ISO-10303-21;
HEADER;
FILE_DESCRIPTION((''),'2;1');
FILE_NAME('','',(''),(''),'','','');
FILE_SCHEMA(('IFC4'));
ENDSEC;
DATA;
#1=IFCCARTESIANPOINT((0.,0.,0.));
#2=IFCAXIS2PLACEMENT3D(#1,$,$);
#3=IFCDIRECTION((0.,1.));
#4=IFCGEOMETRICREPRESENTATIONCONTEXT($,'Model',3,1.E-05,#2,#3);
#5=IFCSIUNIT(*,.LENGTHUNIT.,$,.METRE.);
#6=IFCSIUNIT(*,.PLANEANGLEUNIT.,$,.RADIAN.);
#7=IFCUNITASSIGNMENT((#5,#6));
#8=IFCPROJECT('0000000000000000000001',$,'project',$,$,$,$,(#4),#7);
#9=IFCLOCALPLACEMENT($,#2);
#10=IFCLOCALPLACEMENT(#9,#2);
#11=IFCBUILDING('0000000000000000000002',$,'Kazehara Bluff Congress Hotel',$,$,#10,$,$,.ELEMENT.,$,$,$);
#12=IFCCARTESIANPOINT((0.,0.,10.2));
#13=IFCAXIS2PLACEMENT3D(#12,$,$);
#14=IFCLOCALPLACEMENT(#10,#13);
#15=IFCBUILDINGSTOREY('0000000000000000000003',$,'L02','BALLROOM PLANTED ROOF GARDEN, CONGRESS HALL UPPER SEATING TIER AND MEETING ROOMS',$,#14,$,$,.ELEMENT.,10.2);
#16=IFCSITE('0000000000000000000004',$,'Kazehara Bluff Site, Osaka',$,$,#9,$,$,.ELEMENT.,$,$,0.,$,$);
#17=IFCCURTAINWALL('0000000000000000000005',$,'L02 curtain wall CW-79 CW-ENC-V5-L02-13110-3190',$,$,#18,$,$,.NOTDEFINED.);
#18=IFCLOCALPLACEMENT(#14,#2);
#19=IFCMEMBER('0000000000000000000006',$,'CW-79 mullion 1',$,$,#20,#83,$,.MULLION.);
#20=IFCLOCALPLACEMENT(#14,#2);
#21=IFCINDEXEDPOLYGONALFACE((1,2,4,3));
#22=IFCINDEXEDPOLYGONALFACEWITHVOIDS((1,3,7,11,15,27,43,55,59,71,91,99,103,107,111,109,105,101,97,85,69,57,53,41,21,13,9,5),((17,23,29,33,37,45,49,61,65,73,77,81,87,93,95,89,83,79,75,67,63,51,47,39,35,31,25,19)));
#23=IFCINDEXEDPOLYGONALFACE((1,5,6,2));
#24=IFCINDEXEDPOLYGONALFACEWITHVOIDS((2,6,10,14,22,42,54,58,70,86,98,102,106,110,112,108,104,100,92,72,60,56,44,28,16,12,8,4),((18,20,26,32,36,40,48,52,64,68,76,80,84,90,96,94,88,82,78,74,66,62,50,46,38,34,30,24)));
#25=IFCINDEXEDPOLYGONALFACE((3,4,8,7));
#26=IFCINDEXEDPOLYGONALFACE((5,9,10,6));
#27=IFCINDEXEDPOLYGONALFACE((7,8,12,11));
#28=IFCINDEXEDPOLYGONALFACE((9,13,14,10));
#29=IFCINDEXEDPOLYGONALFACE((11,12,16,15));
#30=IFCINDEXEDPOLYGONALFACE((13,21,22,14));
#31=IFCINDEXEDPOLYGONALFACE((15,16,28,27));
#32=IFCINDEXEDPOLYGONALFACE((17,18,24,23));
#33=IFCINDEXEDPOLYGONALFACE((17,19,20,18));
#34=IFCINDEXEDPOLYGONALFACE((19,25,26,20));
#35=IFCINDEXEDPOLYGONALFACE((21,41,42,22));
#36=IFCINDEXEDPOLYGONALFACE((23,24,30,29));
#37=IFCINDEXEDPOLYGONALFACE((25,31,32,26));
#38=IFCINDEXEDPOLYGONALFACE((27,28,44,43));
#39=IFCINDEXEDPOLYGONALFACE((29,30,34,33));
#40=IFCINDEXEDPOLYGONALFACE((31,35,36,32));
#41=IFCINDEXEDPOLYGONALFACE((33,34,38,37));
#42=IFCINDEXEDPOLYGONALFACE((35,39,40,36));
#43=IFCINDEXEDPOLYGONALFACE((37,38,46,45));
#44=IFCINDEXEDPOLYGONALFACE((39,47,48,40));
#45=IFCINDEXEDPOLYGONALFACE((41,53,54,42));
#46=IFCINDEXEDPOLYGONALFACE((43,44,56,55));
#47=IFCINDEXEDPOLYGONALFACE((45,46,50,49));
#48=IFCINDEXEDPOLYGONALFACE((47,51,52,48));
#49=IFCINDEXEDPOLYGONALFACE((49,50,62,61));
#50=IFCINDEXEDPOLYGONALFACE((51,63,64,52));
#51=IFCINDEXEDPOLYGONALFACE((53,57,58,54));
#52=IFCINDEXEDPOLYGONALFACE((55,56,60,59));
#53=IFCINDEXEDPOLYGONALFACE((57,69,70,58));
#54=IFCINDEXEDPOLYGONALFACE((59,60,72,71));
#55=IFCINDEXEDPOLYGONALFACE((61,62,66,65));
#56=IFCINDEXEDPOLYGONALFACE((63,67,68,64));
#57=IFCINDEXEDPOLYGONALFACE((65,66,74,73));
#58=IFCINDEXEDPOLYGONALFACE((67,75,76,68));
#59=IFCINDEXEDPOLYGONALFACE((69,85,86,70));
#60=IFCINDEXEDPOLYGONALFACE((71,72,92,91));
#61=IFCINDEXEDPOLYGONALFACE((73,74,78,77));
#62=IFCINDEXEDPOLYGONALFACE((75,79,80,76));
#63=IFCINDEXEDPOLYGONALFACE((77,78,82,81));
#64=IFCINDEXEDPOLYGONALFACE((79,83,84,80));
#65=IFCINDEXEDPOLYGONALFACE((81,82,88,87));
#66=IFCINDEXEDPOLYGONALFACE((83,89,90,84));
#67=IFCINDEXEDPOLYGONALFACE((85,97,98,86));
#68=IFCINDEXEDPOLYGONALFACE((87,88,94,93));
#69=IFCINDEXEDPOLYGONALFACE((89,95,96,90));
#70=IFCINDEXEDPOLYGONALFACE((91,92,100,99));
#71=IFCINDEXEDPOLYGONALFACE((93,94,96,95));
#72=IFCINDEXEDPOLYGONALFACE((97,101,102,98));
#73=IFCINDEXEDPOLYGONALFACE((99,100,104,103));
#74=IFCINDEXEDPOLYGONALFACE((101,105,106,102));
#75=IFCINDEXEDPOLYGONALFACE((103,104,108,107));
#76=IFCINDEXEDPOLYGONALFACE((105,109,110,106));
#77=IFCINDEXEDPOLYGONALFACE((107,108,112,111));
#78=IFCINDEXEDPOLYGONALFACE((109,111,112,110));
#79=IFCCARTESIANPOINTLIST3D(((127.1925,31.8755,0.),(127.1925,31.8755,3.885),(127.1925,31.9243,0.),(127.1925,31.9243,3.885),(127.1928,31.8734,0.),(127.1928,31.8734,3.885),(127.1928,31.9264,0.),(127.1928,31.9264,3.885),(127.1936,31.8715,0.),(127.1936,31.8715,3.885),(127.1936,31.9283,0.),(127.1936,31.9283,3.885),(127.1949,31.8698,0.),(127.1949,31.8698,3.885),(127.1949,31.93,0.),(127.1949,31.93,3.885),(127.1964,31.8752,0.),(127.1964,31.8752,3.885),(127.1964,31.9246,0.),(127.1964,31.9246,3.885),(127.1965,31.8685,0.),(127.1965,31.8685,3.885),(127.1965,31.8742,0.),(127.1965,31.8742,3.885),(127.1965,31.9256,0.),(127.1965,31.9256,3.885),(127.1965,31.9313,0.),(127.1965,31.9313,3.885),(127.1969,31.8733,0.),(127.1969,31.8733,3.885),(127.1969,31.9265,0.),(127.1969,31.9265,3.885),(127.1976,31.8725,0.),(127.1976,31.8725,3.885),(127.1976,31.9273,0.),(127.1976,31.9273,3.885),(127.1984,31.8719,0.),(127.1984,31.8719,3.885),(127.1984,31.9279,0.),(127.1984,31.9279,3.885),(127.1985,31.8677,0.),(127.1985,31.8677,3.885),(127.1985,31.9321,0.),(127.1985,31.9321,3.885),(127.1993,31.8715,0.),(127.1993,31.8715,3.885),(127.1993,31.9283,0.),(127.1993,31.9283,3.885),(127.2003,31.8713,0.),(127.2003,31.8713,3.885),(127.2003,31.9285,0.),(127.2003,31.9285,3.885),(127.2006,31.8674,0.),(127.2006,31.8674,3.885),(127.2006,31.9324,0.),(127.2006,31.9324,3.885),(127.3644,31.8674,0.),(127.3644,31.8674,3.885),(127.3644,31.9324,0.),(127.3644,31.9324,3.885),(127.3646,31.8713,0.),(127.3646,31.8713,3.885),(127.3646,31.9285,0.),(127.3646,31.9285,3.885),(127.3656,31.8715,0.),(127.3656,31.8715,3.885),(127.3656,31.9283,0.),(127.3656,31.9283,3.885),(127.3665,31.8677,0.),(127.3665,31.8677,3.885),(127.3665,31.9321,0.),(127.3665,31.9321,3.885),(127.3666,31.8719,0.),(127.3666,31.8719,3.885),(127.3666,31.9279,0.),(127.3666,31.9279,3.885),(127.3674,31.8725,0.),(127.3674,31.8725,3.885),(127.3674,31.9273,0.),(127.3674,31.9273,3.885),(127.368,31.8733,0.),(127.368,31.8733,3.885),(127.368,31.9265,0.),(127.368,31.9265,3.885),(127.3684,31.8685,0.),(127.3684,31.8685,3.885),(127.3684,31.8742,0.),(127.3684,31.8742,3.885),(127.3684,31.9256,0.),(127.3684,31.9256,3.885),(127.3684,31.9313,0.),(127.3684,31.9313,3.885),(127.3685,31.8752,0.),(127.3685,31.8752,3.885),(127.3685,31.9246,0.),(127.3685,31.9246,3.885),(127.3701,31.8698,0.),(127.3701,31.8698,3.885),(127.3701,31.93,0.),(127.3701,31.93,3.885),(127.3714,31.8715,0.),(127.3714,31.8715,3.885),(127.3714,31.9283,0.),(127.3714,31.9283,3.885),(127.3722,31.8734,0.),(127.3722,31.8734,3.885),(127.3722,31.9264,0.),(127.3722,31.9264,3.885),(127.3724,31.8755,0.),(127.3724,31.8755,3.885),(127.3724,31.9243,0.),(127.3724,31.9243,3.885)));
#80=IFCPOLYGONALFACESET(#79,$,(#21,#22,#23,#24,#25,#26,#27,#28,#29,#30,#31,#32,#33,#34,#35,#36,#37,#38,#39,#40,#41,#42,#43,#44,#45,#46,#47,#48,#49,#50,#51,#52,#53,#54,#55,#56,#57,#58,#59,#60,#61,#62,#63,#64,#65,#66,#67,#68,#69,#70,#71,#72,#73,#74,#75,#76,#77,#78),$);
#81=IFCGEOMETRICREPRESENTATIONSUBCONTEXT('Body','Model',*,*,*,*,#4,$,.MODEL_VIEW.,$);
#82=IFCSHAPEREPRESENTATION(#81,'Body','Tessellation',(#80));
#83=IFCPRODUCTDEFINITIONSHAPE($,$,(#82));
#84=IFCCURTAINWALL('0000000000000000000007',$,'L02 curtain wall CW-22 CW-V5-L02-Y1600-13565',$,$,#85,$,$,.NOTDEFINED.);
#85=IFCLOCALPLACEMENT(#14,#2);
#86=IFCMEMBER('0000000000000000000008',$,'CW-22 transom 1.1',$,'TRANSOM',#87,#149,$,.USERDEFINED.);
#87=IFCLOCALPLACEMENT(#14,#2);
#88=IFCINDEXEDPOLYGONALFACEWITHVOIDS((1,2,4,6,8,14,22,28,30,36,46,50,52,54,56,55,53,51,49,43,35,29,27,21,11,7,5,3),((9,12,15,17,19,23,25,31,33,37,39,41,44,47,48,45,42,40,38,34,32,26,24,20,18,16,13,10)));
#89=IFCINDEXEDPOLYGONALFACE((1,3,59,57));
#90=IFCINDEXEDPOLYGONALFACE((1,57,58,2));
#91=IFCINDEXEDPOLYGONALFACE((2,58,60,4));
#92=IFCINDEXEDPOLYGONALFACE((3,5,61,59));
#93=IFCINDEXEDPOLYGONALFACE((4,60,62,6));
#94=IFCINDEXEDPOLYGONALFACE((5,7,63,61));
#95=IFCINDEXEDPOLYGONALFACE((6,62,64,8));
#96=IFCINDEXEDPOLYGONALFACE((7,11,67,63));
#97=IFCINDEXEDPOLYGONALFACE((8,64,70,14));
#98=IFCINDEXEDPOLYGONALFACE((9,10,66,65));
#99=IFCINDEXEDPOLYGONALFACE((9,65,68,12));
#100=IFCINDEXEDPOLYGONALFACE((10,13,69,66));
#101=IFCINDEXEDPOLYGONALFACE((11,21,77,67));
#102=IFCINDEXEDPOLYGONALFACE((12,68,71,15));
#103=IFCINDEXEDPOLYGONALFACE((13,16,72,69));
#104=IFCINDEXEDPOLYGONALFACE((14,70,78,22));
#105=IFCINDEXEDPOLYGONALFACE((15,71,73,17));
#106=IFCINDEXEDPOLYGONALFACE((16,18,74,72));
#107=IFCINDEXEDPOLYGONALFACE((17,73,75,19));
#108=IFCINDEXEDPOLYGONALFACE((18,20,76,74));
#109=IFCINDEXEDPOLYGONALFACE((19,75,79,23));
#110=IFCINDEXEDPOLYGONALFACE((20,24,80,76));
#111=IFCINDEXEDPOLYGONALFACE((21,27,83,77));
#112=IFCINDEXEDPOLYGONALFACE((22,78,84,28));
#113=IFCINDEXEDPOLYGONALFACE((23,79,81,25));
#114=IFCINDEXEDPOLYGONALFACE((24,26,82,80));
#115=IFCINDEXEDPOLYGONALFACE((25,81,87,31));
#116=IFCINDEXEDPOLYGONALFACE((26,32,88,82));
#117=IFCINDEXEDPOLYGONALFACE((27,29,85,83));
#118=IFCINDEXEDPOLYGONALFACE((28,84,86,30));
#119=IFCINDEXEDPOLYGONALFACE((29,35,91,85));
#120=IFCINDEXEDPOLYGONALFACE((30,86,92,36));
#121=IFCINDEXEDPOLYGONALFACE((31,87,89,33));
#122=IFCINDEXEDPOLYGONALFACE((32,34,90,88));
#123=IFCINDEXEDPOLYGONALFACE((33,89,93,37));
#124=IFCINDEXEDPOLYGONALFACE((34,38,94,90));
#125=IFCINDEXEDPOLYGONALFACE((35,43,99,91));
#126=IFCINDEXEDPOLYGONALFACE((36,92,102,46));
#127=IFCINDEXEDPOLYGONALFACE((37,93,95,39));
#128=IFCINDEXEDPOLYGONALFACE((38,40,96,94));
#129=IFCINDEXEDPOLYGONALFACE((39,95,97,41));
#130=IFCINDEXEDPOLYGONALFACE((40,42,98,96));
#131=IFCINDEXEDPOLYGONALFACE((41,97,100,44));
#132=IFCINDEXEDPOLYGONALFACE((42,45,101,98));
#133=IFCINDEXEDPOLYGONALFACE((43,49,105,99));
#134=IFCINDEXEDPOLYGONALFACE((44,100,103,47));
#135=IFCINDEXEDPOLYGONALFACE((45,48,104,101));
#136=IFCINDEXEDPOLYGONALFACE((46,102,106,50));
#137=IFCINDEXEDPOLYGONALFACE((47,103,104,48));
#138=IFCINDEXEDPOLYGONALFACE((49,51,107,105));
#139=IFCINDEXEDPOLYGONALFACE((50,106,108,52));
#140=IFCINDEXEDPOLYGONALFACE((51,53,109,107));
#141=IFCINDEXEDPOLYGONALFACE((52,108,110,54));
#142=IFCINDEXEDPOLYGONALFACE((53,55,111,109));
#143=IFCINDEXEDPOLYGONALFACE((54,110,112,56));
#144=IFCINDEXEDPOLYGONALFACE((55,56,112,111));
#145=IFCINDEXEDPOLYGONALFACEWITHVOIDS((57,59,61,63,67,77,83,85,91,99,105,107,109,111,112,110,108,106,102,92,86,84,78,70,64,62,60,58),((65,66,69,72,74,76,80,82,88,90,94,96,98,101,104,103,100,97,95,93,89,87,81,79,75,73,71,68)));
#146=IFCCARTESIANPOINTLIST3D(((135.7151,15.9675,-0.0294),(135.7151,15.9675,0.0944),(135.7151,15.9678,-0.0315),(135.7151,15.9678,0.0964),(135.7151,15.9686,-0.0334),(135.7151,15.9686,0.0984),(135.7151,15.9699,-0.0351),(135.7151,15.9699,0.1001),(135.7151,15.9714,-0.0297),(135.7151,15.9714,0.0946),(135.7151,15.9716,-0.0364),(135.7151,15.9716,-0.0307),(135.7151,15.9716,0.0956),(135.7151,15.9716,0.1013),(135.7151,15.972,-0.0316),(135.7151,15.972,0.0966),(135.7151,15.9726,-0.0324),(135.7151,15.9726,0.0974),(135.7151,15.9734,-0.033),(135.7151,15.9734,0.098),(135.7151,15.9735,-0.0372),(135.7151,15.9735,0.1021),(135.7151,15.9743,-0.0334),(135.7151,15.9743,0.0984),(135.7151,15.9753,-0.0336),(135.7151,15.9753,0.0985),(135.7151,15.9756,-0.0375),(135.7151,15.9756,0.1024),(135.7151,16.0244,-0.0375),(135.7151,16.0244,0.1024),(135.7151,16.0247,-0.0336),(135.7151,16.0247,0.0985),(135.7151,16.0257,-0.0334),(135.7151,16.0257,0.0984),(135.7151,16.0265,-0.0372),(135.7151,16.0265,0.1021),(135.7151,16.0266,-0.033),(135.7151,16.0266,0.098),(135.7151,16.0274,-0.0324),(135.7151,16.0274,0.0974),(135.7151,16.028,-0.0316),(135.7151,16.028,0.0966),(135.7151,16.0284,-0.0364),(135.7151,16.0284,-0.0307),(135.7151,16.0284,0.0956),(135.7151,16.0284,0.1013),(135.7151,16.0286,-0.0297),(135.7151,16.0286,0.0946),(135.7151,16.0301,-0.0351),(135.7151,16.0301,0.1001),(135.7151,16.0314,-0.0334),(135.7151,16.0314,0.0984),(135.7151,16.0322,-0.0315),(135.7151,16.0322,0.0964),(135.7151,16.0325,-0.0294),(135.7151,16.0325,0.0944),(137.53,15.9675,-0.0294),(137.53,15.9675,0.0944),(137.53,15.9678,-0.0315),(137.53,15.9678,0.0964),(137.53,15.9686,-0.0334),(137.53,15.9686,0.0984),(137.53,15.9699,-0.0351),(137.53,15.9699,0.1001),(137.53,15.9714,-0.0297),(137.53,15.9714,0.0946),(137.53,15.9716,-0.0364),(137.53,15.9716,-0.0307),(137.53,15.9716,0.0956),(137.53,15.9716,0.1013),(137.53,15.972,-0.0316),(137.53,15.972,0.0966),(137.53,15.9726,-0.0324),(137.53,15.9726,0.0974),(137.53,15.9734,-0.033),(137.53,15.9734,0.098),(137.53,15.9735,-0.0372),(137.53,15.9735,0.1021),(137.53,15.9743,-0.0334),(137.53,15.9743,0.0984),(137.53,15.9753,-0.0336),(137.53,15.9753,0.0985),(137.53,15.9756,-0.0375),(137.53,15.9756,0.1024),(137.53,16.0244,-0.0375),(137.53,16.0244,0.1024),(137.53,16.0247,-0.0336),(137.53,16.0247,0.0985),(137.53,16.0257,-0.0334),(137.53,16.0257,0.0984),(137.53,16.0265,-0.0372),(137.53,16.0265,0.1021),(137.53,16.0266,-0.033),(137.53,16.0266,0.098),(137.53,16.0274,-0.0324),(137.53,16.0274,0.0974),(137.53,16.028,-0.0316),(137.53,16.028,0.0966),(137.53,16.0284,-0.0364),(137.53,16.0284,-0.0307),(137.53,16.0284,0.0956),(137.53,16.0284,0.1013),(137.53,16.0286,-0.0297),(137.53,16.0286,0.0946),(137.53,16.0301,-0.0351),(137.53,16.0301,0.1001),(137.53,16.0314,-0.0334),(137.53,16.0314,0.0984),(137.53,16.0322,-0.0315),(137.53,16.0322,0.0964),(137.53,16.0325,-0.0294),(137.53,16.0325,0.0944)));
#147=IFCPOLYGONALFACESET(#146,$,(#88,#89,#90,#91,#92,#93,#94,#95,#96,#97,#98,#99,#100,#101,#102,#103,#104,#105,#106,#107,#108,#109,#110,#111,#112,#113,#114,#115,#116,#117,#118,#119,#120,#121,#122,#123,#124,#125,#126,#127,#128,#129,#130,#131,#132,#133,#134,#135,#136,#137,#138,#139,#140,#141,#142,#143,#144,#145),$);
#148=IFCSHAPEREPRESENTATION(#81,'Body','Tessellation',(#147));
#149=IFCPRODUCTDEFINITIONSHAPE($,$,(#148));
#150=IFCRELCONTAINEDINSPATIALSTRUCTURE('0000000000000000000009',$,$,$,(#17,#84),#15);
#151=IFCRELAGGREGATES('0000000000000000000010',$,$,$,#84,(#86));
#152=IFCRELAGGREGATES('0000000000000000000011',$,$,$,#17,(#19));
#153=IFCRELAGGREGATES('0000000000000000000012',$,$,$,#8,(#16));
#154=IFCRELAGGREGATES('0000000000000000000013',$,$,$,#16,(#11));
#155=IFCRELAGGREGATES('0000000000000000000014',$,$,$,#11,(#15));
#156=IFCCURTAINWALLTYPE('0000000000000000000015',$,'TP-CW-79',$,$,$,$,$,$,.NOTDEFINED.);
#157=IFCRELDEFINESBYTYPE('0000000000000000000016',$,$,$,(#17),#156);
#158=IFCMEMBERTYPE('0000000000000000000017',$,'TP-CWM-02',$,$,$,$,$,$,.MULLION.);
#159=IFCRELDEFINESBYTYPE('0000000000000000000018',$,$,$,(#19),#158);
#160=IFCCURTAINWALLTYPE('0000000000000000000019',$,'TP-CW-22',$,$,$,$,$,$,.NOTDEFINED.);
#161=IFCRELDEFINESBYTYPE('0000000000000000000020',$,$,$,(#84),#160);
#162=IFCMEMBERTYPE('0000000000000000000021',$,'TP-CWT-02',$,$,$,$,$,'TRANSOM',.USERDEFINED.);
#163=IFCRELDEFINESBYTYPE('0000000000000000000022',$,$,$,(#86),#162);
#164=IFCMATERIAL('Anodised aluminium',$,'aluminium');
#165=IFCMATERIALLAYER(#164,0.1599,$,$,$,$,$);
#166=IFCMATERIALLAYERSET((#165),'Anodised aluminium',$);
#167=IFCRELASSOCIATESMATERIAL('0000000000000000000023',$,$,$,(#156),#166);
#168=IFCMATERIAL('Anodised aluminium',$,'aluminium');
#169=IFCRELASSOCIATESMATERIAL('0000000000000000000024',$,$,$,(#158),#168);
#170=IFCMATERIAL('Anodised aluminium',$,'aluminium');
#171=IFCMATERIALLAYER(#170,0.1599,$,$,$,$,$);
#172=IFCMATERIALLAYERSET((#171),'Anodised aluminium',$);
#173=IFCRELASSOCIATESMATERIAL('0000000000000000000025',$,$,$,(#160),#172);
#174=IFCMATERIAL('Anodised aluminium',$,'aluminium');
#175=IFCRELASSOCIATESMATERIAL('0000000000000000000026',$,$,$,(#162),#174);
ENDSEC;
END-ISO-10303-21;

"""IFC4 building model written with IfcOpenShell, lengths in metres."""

from ifc_helpers import new_model, si_unit, direction, frame, origin, origin_2d, place, context, subcontext, project, spatial, hollow_rectangle, extrude, material, layer, layer_set, material_profile, profile_set, type_object, element, aggregate, save


model = new_model("IFC4")

# Units and contexts
model_context = context("Model", 3, precision=1e-05, world=origin(), true_north=direction((0.0, 1.0)))
body_context = subcontext(model_context, "Body", "Model", "MODEL_VIEW")
ifc_project = project(units=[si_unit("LENGTHUNIT", "METRE"), si_unit("PLANEANGLEUNIT", "RADIAN")], contexts=[model_context])

# Site, building, storey
site_placement = place(None, origin())
site = spatial("IfcSite", under=ifc_project, at=site_placement, Name="Kazehara Bluff Site, Osaka", CompositionType="ELEMENT", RefElevation=0.0)
building_placement = place(site_placement, origin())
building = spatial("IfcBuilding", under=site, at=building_placement, Name="Kazehara Bluff Congress Hotel", CompositionType="ELEMENT")
storey_placement = place(building_placement, frame((0.0, 0.0, 10.2)))
storey = spatial("IfcBuildingStorey", under=building, at=storey_placement, Name="L02", Description="BALLROOM PLANTED ROOF GARDEN, CONGRESS HALL UPPER SEATING TIER AND MEETING ROOMS", CompositionType="ELEMENT", Elevation=10.2)

# Shared definitions
ifc_material_1 = material(Name="Anodised aluminium", Category="aluminium")
ifc_layer_1 = layer(ifc_material_1, 0.1599)
ifc_layer_set_1 = layer_set([ifc_layer_1], Name="Anodised aluminium")
curtain_wall_type_1 = type_object("IfcCurtainWallType", Name="TP-CW-79", PredefinedType="NOTDEFINED", material=ifc_layer_set_1)
ifc_material_2 = material(Name="Anodised aluminium", Category="aluminium")
ifc_material_profile_1 = material_profile(ifc_material_2, hollow_rectangle(XDim=0.0649, YDim=0.1799, WallThickness=0.0039, InnerFilletRadius=0.0039, OuterFilletRadius=0.0081, at=origin_2d()))
ifc_profile_set_1 = profile_set([ifc_material_profile_1], Name="Anodised aluminium")
member_type_1 = type_object("IfcMemberType", Name="TP-CWM-02", PredefinedType="MULLION", material=ifc_profile_set_1)

# Curtain walls, members
curtain_wall_1_placement = place(storey_placement, origin())
curtain_wall_1 = element("IfcCurtainWall", 1, at=curtain_wall_1_placement, inside=storey, type_object=curtain_wall_type_1, Name="L02 curtain wall CW-79 CW-ENC-V5-L02-13110-3190", PredefinedType="NOTDEFINED")
member_1_placement = place(storey_placement, frame((127.2825, 31.8999, 0.0), z_axis=(0.0, 0.0, 1.0), x_axis=(0.0, 1.0, 0.0)))
member_1 = element("IfcMember", 2, at=member_1_placement, type_object=member_type_1, Name="CW-79 mullion 1", PredefinedType="MULLION", context=body_context, shape_type="SweptSolid", body=[
    extrude(hollow_rectangle(XDim=0.0649, YDim=0.1799, WallThickness=0.0039, InnerFilletRadius=0.0039, OuterFilletRadius=0.0081, at=origin_2d()), origin(), (0.0, 0.0, 1.0), 3.885),
])
ifc_material_3 = material(Name="Anodised aluminium", Category="aluminium")
ifc_layer_2 = layer(ifc_material_3, 0.1599)
ifc_layer_set_2 = layer_set([ifc_layer_2], Name="Anodised aluminium")
curtain_wall_type_2 = type_object("IfcCurtainWallType", Name="TP-CW-22", PredefinedType="NOTDEFINED", material=ifc_layer_set_2)
curtain_wall_2_placement = place(storey_placement, origin())
curtain_wall_2 = element("IfcCurtainWall", 3, at=curtain_wall_2_placement, inside=storey, type_object=curtain_wall_type_2, Name="L02 curtain wall CW-22 CW-V5-L02-Y1600-13565", PredefinedType="NOTDEFINED")
ifc_material_4 = material(Name="Anodised aluminium", Category="aluminium")
ifc_material_profile_2 = material_profile(ifc_material_4, hollow_rectangle(XDim=0.0649, YDim=0.1399, WallThickness=0.0039, InnerFilletRadius=0.0039, OuterFilletRadius=0.0081, at=origin_2d()))
ifc_profile_set_2 = profile_set([ifc_material_profile_2], Name="Anodised aluminium")
member_type_2 = type_object("IfcMemberType", Name="TP-CWT-02", ElementType="TRANSOM", PredefinedType="USERDEFINED", material=ifc_profile_set_2)
member_2_placement = place(storey_placement, frame((135.7151, 16.0, 0.0325), z_axis=(1.0, 0.0, 0.0), x_axis=(0.0, 1.0, 0.0)))
member_2 = element("IfcMember", 4, at=member_2_placement, type_object=member_type_2, Name="CW-22 transom 1.1", ObjectType="TRANSOM", PredefinedType="USERDEFINED", context=body_context, shape_type="SweptSolid", body=[
    extrude(hollow_rectangle(XDim=0.0649, YDim=0.1399, WallThickness=0.0039, InnerFilletRadius=0.0039, OuterFilletRadius=0.0081, at=origin_2d()), origin(), (0.0, 0.0, 1.0), 1.8149),
])
aggregate(curtain_wall_2, [member_2])

aggregate(curtain_wall_1, [member_1])

save(model, "model.ifc")
